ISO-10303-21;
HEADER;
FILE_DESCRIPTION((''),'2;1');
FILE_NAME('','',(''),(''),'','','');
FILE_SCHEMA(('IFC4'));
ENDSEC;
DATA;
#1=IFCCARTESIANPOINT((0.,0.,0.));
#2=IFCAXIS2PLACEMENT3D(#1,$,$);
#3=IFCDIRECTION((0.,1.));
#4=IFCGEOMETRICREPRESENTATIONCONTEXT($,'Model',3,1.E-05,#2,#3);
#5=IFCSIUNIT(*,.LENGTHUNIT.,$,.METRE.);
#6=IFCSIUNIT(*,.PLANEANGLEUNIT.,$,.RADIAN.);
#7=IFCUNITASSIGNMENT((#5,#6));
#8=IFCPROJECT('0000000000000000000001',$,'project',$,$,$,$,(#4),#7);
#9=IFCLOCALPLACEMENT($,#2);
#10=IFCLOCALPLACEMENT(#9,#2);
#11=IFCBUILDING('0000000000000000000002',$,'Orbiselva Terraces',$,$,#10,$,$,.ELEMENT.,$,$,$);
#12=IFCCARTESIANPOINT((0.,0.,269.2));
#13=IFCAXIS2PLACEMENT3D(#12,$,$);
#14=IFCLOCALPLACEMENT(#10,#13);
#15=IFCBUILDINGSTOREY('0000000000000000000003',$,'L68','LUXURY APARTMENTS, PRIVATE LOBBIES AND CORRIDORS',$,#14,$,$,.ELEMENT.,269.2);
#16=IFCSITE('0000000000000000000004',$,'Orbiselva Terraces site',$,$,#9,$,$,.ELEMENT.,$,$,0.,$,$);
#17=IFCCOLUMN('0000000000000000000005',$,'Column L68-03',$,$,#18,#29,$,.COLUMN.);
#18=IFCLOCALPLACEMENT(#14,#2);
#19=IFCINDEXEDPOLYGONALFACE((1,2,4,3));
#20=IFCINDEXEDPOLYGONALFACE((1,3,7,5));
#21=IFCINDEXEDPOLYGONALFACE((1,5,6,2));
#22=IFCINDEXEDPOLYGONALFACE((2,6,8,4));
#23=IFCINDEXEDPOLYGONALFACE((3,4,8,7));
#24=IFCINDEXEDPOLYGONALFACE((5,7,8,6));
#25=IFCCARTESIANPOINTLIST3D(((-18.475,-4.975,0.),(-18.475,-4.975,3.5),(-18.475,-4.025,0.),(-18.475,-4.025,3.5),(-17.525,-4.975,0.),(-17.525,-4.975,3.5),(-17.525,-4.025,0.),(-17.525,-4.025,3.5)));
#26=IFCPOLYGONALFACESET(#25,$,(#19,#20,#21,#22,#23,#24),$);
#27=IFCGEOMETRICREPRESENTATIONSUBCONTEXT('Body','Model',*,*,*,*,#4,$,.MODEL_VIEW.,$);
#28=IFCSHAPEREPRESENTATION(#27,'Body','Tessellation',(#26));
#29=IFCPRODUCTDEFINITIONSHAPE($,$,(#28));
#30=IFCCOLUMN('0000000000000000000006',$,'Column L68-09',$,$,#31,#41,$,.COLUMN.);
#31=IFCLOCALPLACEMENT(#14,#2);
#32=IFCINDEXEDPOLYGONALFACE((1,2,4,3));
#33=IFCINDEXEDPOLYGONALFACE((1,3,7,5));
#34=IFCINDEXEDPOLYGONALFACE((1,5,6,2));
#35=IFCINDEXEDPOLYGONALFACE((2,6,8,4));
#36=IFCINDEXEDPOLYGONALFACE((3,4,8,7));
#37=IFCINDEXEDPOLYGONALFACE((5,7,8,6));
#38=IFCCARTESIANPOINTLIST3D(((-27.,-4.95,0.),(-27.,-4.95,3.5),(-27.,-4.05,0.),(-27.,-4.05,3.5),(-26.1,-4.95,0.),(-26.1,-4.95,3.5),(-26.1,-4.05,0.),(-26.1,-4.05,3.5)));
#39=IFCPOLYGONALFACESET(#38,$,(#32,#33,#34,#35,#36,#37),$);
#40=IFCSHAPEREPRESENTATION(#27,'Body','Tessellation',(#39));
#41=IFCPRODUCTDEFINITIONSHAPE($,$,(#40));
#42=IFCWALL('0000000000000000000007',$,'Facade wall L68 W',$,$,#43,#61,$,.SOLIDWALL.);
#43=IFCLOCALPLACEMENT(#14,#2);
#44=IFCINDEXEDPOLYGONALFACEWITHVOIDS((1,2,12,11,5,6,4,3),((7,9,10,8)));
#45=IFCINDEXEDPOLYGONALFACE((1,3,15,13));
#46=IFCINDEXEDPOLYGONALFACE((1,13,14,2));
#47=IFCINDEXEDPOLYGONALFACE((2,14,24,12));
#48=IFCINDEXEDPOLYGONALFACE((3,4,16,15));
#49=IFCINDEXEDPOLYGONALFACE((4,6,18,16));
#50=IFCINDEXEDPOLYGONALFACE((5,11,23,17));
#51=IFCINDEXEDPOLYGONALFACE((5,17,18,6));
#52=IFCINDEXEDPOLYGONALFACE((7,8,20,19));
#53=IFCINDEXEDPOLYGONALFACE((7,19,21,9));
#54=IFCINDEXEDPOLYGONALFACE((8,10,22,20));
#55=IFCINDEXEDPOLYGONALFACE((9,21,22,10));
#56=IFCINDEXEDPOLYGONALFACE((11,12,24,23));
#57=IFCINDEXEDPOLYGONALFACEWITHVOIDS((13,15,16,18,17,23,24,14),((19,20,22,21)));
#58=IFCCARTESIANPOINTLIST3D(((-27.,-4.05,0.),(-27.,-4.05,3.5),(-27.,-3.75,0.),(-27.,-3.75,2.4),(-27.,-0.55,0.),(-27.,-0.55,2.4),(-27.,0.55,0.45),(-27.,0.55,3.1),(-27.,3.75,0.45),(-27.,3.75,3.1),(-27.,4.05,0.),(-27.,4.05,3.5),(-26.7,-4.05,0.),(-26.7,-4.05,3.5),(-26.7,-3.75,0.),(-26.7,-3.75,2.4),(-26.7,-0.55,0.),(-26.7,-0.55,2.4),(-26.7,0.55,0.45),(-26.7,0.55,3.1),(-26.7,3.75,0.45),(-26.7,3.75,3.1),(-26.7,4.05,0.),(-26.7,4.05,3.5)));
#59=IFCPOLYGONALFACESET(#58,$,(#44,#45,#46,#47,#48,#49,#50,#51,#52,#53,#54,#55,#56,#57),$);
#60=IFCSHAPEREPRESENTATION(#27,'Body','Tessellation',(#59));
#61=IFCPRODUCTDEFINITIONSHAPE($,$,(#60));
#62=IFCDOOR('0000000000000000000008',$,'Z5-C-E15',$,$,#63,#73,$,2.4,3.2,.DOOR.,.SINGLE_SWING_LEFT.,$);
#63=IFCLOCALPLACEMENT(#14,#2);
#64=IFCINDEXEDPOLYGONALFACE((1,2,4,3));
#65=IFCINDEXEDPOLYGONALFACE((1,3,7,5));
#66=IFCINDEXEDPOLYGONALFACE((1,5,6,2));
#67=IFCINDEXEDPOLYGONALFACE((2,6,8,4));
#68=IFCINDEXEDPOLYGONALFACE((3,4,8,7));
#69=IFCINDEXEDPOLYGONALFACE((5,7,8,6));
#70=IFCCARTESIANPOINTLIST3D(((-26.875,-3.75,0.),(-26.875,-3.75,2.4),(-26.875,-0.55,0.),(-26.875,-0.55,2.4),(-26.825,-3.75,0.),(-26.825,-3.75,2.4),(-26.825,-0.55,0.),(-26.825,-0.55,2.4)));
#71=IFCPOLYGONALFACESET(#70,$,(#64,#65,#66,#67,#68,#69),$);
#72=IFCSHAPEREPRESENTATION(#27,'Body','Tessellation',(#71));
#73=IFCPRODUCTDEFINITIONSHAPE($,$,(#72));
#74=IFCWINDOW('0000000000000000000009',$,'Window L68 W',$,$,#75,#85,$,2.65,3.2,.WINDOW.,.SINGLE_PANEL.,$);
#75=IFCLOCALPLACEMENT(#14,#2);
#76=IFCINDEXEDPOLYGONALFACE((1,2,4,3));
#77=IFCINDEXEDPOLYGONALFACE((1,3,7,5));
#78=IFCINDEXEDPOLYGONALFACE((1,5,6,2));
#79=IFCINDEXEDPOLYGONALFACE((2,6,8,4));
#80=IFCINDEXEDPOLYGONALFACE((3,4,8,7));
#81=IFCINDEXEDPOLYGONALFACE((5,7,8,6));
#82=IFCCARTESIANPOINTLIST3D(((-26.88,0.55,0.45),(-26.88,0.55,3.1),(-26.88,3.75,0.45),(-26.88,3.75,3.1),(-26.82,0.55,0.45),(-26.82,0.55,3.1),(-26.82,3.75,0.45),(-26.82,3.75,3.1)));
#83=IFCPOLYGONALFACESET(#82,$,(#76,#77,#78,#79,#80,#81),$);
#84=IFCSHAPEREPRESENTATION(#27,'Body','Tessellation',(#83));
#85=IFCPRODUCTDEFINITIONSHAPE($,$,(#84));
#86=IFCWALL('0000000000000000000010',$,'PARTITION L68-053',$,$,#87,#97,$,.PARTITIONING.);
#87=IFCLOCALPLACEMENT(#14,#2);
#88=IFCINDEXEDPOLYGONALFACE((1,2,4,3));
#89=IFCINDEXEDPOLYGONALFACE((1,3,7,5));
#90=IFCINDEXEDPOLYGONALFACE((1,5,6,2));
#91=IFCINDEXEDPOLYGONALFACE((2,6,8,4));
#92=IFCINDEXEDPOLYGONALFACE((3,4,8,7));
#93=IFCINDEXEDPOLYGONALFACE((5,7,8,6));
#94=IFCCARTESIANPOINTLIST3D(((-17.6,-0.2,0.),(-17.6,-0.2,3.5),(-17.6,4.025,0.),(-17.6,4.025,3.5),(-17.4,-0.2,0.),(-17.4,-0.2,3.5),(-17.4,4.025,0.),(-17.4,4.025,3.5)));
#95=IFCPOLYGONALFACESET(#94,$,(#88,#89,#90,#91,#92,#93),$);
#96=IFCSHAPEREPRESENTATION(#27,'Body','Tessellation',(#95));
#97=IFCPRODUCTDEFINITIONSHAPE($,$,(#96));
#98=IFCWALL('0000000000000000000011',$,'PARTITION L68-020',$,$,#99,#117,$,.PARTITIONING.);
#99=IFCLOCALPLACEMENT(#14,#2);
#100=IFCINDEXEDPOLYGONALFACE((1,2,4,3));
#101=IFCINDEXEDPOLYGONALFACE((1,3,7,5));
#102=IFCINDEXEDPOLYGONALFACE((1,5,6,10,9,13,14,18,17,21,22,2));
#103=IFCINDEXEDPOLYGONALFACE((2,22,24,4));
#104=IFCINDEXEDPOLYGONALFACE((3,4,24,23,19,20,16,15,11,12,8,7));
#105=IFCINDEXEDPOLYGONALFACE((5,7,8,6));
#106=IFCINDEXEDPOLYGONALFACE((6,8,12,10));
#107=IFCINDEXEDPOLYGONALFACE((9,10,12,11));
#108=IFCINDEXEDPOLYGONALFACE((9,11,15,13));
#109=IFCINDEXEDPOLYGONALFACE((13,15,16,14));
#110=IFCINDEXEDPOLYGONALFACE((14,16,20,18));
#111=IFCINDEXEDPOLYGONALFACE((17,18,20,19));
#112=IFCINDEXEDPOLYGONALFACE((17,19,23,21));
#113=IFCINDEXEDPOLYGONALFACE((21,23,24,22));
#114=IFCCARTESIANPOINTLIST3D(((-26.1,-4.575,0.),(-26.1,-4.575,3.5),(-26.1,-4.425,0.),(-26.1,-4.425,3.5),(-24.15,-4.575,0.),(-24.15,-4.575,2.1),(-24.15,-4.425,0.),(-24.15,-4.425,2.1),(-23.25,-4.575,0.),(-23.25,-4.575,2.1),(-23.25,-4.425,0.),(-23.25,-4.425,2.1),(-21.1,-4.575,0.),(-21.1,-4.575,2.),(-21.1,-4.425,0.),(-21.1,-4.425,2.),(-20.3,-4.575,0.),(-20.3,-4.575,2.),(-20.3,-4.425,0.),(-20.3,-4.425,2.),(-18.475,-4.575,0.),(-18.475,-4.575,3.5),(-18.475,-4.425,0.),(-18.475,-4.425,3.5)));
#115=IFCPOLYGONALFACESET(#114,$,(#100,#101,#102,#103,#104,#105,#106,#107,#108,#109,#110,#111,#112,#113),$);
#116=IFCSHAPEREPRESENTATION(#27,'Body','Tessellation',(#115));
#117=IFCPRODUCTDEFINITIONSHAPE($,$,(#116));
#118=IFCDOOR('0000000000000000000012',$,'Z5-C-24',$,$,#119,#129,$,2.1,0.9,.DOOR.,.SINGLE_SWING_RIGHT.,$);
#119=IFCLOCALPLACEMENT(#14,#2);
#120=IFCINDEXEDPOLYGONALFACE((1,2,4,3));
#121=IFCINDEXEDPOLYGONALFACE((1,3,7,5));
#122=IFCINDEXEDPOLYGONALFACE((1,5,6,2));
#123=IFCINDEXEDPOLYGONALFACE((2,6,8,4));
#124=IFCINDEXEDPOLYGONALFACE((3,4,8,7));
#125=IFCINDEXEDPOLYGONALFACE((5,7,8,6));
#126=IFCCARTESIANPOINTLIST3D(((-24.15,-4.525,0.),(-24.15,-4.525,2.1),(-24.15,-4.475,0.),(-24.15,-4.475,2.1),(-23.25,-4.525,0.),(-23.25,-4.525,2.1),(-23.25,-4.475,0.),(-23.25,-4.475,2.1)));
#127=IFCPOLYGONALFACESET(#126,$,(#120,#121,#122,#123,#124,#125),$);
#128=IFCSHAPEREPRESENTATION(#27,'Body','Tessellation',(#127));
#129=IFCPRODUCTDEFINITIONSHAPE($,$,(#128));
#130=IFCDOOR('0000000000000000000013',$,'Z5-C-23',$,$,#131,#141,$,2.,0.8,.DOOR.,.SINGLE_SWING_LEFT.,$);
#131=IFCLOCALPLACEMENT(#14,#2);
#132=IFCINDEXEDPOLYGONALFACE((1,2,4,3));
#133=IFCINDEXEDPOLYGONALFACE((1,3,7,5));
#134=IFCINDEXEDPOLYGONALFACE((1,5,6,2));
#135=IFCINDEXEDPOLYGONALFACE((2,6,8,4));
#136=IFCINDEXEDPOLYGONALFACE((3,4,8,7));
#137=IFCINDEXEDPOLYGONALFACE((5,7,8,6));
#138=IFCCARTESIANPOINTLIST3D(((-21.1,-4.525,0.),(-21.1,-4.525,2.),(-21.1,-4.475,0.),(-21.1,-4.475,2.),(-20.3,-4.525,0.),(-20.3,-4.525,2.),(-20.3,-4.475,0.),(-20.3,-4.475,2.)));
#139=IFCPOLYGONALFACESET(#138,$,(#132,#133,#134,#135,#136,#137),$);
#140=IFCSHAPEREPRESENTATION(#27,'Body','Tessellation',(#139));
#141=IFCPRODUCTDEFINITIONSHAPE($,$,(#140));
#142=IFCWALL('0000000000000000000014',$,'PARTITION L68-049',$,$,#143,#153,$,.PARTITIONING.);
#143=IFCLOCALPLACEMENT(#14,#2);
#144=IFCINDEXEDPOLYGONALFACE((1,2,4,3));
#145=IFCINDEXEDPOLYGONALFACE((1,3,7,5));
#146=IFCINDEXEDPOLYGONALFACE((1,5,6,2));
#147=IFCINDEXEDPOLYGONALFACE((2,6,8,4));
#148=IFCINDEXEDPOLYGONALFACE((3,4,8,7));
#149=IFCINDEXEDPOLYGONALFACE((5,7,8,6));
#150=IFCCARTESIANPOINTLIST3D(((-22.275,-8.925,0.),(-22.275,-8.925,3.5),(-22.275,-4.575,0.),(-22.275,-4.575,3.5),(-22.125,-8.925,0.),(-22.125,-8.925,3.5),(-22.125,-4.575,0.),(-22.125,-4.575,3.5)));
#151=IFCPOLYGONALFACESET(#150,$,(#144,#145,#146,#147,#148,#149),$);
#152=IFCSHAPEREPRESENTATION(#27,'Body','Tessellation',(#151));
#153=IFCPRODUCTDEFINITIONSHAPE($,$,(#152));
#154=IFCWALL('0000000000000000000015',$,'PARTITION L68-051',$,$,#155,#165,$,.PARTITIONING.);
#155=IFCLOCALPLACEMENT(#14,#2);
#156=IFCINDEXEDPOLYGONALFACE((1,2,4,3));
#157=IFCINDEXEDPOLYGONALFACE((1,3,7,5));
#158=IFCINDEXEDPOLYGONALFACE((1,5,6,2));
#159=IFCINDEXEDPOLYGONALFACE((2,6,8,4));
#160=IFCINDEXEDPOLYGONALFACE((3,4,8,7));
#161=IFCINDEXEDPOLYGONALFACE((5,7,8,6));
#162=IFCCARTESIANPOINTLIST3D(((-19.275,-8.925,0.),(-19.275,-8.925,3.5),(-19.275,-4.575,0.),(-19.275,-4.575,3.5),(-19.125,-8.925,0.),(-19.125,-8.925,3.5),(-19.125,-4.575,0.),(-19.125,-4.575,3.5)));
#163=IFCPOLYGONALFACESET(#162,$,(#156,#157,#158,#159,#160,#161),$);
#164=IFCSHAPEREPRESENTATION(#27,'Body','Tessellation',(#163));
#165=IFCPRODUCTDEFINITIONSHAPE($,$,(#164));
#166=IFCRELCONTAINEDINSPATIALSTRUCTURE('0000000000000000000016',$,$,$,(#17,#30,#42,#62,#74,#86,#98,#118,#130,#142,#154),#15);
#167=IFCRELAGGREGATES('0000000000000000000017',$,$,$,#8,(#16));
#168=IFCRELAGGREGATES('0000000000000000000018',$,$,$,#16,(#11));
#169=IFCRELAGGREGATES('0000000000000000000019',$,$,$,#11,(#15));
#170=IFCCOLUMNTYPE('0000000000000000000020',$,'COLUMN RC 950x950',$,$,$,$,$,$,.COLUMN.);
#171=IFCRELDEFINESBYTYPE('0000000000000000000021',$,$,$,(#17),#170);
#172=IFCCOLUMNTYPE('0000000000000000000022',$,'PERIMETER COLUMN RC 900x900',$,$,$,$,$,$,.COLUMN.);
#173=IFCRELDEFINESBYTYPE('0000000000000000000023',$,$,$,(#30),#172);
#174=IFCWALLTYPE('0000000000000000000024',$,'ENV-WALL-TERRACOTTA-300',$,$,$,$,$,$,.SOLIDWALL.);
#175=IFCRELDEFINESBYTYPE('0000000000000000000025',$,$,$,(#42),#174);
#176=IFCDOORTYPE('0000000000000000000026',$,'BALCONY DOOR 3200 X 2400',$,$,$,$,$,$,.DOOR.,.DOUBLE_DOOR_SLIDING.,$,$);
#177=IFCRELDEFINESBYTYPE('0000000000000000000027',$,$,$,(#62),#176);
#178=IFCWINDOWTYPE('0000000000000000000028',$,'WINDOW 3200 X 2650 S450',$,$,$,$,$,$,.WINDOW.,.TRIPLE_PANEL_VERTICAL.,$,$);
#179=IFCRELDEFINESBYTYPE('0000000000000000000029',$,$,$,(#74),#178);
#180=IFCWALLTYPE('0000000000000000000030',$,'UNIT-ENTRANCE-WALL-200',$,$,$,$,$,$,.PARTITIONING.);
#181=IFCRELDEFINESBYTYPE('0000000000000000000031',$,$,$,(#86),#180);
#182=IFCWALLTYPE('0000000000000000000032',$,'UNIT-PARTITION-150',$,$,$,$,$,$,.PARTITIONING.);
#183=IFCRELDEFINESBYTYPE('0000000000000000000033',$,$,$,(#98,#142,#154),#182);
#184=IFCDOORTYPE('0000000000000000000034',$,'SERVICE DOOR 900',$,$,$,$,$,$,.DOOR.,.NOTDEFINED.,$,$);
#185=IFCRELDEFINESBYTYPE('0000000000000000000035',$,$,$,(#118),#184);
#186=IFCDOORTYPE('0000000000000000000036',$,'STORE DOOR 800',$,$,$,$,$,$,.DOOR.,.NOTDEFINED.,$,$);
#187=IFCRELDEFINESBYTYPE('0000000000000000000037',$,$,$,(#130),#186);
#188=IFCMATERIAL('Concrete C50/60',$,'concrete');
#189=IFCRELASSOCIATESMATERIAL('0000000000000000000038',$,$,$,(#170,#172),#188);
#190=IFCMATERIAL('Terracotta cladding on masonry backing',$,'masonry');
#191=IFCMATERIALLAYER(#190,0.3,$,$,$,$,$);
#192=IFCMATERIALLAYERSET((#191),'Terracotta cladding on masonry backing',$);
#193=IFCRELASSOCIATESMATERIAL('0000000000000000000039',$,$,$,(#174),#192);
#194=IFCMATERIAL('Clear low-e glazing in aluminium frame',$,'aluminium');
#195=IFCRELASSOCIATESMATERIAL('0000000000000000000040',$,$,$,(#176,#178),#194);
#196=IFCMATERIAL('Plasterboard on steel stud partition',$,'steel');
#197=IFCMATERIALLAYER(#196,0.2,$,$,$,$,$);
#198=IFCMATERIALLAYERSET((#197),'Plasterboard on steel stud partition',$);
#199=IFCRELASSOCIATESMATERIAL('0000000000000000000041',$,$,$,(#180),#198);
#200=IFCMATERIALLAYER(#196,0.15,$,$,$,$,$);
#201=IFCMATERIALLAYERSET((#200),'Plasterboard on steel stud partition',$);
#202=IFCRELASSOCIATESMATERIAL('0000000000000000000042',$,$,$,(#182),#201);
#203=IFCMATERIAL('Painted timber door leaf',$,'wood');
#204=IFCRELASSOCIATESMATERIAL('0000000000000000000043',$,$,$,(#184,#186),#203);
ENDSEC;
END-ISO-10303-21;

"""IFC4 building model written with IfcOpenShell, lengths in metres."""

from ifc_helpers import new_model, si_unit, direction, frame, frame_2d, origin, origin_2d, place, context, subcontext, project, spatial, rectangle, extrude, material, layer, layer_set, material_profile, profile_set, type_object, element, fill, save


model = new_model("IFC4")

# Units and contexts
model_context = context("Model", 3, precision=1e-05, world=origin(), true_north=direction((0.0, 1.0)))
body_context = subcontext(model_context, "Body", "Model", "MODEL_VIEW")
ifc_project = project(units=[si_unit("LENGTHUNIT", "METRE"), si_unit("PLANEANGLEUNIT", "RADIAN")], contexts=[model_context])

# Site, building, storey
site_placement = place(None, origin())
site = spatial("IfcSite", under=ifc_project, at=site_placement, Name="Orbiselva Terraces site", CompositionType="ELEMENT", RefElevation=0.0)
building_placement = place(site_placement, origin())
building = spatial("IfcBuilding", under=site, at=building_placement, Name="Orbiselva Terraces", CompositionType="ELEMENT")
storey_placement = place(building_placement, frame((0.0, 0.0, 269.2)))
storey = spatial("IfcBuildingStorey", under=building, at=storey_placement, Name="L68", Description="LUXURY APARTMENTS, PRIVATE LOBBIES AND CORRIDORS", CompositionType="ELEMENT", Elevation=269.2)

# Columns
ifc_material_1 = material(Name="Concrete C50/60", Category="concrete")
ifc_material_profile_1 = material_profile(ifc_material_1, rectangle(XDim=0.95, YDim=0.95, at=origin_2d()), Name="RC 950x950")
ifc_profile_set_1 = profile_set([ifc_material_profile_1], Name="Concrete C50/60")
column_type_1 = type_object("IfcColumnType", Name="COLUMN RC 950x950", PredefinedType="COLUMN", material=ifc_profile_set_1)
column_1_placement = place(storey_placement, frame((-18.0, -4.5, 0.0), z_axis=(0.0, 0.0, 1.0), x_axis=(1.0, 0.0, 0.0)))
element("IfcColumn", 1, at=column_1_placement, inside=storey, type_object=column_type_1, Name="Column L68-03", PredefinedType="COLUMN", context=body_context, shape_type="SweptSolid", body=[
    extrude(rectangle(XDim=0.95, YDim=0.95, at=origin_2d()), origin(), (0.0, 0.0, 1.0), 3.5),
])
ifc_material_profile_2 = material_profile(ifc_material_1, rectangle(XDim=0.9, YDim=0.9, at=origin_2d()), Name="RC 900x900")
ifc_profile_set_2 = profile_set([ifc_material_profile_2], Name="Concrete C50/60")
column_type_2 = type_object("IfcColumnType", Name="PERIMETER COLUMN RC 900x900", PredefinedType="COLUMN", material=ifc_profile_set_2)
column_2_placement = place(storey_placement, frame((-26.55, -4.5, 0.0), z_axis=(0.0, 0.0, 1.0), x_axis=(1.0, 0.0, 0.0)))
element("IfcColumn", 2, at=column_2_placement, inside=storey, type_object=column_type_2, Name="Column L68-09", PredefinedType="COLUMN", context=body_context, shape_type="SweptSolid", body=[
    extrude(rectangle(XDim=0.9, YDim=0.9, at=origin_2d()), origin(), (0.0, 0.0, 1.0), 3.5),
])

# Wall, openings, door, window
ifc_material_2 = material(Name="Terracotta cladding on masonry backing", Category="masonry")
ifc_layer_1 = layer(ifc_material_2, 0.3)
ifc_layer_set_1 = layer_set([ifc_layer_1], Name="Terracotta cladding on masonry backing")
wall_type_1 = type_object("IfcWallType", Name="ENV-WALL-TERRACOTTA-300", PredefinedType="SOLIDWALL", material=ifc_layer_set_1)
wall_1_placement = place(storey_placement, frame((-26.85, -4.05, 0.0), z_axis=(0.0, 0.0, 1.0), x_axis=(0.0, 1.0, 0.0)))
wall_1 = element("IfcWall", 3, at=wall_1_placement, inside=storey, type_object=wall_type_1, Name="Facade wall L68 W", PredefinedType="SOLIDWALL", context=body_context, shape_type="SweptSolid", body=[
    extrude(rectangle(XDim=8.1, YDim=0.3, at=frame_2d((4.05, 0.0))), origin(), (0.0, 0.0, 1.0), 3.5),
])
opening_1_placement = place(wall_1_placement, frame((4.6, 0.0, 0.45)))
opening_1 = element("IfcOpeningElement", 4, at=opening_1_placement, cuts=wall_1, PredefinedType="OPENING", context=body_context, shape_type="SweptSolid", body=[
    extrude(rectangle(XDim=3.2, YDim=2.65, at=frame_2d((1.6, 1.325))), frame((0.0, 0.16, 0.0), z_axis=(0.0, -1.0, 0.0), x_axis=(1.0, 0.0, 0.0)), (0.0, 0.0, 1.0), 0.32),
])
opening_2_placement = place(wall_1_placement, frame((0.3, 0.0, 0.0)))
opening_2 = element("IfcOpeningElement", 5, at=opening_2_placement, cuts=wall_1, PredefinedType="OPENING", context=body_context, shape_type="SweptSolid", body=[
    extrude(rectangle(XDim=3.2, YDim=2.4, at=frame_2d((1.6, 1.2))), frame((0.0, 0.16, 0.0), z_axis=(0.0, -1.0, 0.0), x_axis=(1.0, 0.0, 0.0)), (0.0, 0.0, 1.0), 0.32),
])
ifc_material_3 = material(Name="Clear low-e glazing in aluminium frame", Category="aluminium")
door_type_1 = type_object("IfcDoorType", Name="BALCONY DOOR 3200 X 2400", OperationType="DOUBLE_DOOR_SLIDING", PredefinedType="DOOR", material=ifc_material_3)
door_1_placement = place(opening_2_placement, origin())
door_1 = element("IfcDoor", 6, at=door_1_placement, inside=storey, type_object=door_type_1, Name="Z5-C-E15", OperationType="SINGLE_SWING_LEFT", OverallHeight=2.4, OverallWidth=3.2, PredefinedType="DOOR", context=body_context, shape_type="SweptSolid", body=[
    extrude(rectangle(XDim=3.2, YDim=2.4, at=frame_2d((1.6, 1.2))), frame((0.0, 0.025, 0.0), z_axis=(0.0, -1.0, 0.0), x_axis=(1.0, 0.0, 0.0)), (0.0, 0.0, 1.0), 0.05),
])
fill(opening_2, door_1)
window_type = type_object("IfcWindowType", Name="WINDOW 3200 X 2650 S450", PartitioningType="TRIPLE_PANEL_VERTICAL", PredefinedType="WINDOW", material=ifc_material_3)
window_placement = place(opening_1_placement, origin())
window = element("IfcWindow", 7, at=window_placement, inside=storey, type_object=window_type, Name="Window L68 W", OverallHeight=2.65, OverallWidth=3.2, PartitioningType="SINGLE_PANEL", PredefinedType="WINDOW", context=body_context, shape_type="SweptSolid", body=[
    extrude(rectangle(XDim=3.2, YDim=2.65, at=frame_2d((1.6, 1.325))), frame((0.0, 0.03, 0.0), z_axis=(0.0, -1.0, 0.0), x_axis=(1.0, 0.0, 0.0)), (0.0, 0.0, 1.0), 0.06),
])
fill(opening_1, window)

# Wall
ifc_material_4 = material(Name="Plasterboard on steel stud partition", Category="steel")
ifc_layer_2 = layer(ifc_material_4, 0.2)
ifc_layer_set_2 = layer_set([ifc_layer_2], Name="Plasterboard on steel stud partition")
wall_type_2 = type_object("IfcWallType", Name="UNIT-ENTRANCE-WALL-200", PredefinedType="PARTITIONING", material=ifc_layer_set_2)
wall_2_placement = place(storey_placement, frame((-17.5, -0.2, 0.0), z_axis=(0.0, 0.0, 1.0), x_axis=(0.0, 1.0, 0.0)))
element("IfcWall", 8, at=wall_2_placement, inside=storey, type_object=wall_type_2, Name="PARTITION L68-053", PredefinedType="PARTITIONING", context=body_context, shape_type="SweptSolid", body=[
    extrude(rectangle(XDim=4.225, YDim=0.2, at=frame_2d((2.1125, 0.0))), origin(), (0.0, 0.0, 1.0), 3.5),
])

# Wall, openings, doors
ifc_layer_3 = layer(ifc_material_4, 0.15)
ifc_layer_set_3 = layer_set([ifc_layer_3], Name="Plasterboard on steel stud partition")
wall_type_3 = type_object("IfcWallType", Name="UNIT-PARTITION-150", PredefinedType="PARTITIONING", material=ifc_layer_set_3)
wall_3_placement = place(storey_placement, frame((-18.475, -4.5, 0.0), z_axis=(0.0, 0.0, 1.0), x_axis=(-1.0, 0.0, 0.0)))
wall_3 = element("IfcWall", 9, at=wall_3_placement, inside=storey, type_object=wall_type_3, Name="PARTITION L68-020", PredefinedType="PARTITIONING", context=body_context, shape_type="SweptSolid", body=[
    extrude(rectangle(XDim=7.625, YDim=0.15, at=frame_2d((3.8125, 0.0))), origin(), (0.0, 0.0, 1.0), 3.5),
])
opening_3_placement = place(wall_3_placement, frame((1.825, 0.0, 0.0)))
opening_3 = element("IfcOpeningElement", 10, at=opening_3_placement, cuts=wall_3, PredefinedType="OPENING", context=body_context, shape_type="SweptSolid", body=[
    extrude(rectangle(XDim=0.8, YDim=2.0, at=frame_2d((0.4, 1.0))), frame((0.0, 0.085, 0.0), z_axis=(0.0, -1.0, 0.0), x_axis=(1.0, 0.0, 0.0)), (0.0, 0.0, 1.0), 0.17),
])
opening_4_placement = place(wall_3_placement, frame((4.775, 0.0, 0.0)))
opening_4 = element("IfcOpeningElement", 11, at=opening_4_placement, cuts=wall_3, PredefinedType="OPENING", context=body_context, shape_type="SweptSolid", body=[
    extrude(rectangle(XDim=0.9, YDim=2.1, at=frame_2d((0.45, 1.05))), frame((0.0, 0.085, 0.0), z_axis=(0.0, -1.0, 0.0), x_axis=(1.0, 0.0, 0.0)), (0.0, 0.0, 1.0), 0.17),
])
ifc_material_5 = material(Name="Painted timber door leaf", Category="wood")
door_type_2 = type_object("IfcDoorType", Name="SERVICE DOOR 900", OperationType="NOTDEFINED", PredefinedType="DOOR", material=ifc_material_5)
door_2_placement = place(opening_4_placement, origin())
door_2 = element("IfcDoor", 12, at=door_2_placement, inside=storey, type_object=door_type_2, Name="Z5-C-24", OperationType="SINGLE_SWING_RIGHT", OverallHeight=2.1, OverallWidth=0.9, PredefinedType="DOOR", context=body_context, shape_type="SweptSolid", body=[
    extrude(rectangle(XDim=0.9, YDim=2.1, at=frame_2d((0.45, 1.05))), frame((0.0, 0.025, 0.0), z_axis=(0.0, -1.0, 0.0), x_axis=(1.0, 0.0, 0.0)), (0.0, 0.0, 1.0), 0.05),
])
fill(opening_4, door_2)
door_type_3 = type_object("IfcDoorType", Name="STORE DOOR 800", OperationType="NOTDEFINED", PredefinedType="DOOR", material=ifc_material_5)
door_3_placement = place(opening_3_placement, origin())
door_3 = element("IfcDoor", 13, at=door_3_placement, inside=storey, type_object=door_type_3, Name="Z5-C-23", OperationType="SINGLE_SWING_LEFT", OverallHeight=2.0, OverallWidth=0.8, PredefinedType="DOOR", context=body_context, shape_type="SweptSolid", body=[
    extrude(rectangle(XDim=0.8, YDim=2.0, at=frame_2d((0.4, 1.0))), frame((0.0, 0.025, 0.0), z_axis=(0.0, -1.0, 0.0), x_axis=(1.0, 0.0, 0.0)), (0.0, 0.0, 1.0), 0.05),
])
fill(opening_3, door_3)

# Walls
for number, where, z_axis, x_axis, name in (
    (14, (-22.2, -8.925, 0.0), (0.0, 0.0, 1.0), (0.0, 1.0, 0.0), "PARTITION L68-049"),
    (15, (-19.2, -8.925, 0.0), (0.0, 0.0, 1.0), (0.0, 1.0, 0.0), "PARTITION L68-051"),
):
    element("IfcWall", number, at=place(storey_placement, frame(where, z_axis=z_axis, x_axis=x_axis)), inside=storey, type_object=wall_type_3, Name=name, PredefinedType="PARTITIONING", context=body_context, shape_type="SweptSolid", body=[
        extrude(rectangle(XDim=4.35, YDim=0.15, at=frame_2d((2.175, 0.0))), origin(), (0.0, 0.0, 1.0), 3.5),
    ])

save(model, "model.ifc")
